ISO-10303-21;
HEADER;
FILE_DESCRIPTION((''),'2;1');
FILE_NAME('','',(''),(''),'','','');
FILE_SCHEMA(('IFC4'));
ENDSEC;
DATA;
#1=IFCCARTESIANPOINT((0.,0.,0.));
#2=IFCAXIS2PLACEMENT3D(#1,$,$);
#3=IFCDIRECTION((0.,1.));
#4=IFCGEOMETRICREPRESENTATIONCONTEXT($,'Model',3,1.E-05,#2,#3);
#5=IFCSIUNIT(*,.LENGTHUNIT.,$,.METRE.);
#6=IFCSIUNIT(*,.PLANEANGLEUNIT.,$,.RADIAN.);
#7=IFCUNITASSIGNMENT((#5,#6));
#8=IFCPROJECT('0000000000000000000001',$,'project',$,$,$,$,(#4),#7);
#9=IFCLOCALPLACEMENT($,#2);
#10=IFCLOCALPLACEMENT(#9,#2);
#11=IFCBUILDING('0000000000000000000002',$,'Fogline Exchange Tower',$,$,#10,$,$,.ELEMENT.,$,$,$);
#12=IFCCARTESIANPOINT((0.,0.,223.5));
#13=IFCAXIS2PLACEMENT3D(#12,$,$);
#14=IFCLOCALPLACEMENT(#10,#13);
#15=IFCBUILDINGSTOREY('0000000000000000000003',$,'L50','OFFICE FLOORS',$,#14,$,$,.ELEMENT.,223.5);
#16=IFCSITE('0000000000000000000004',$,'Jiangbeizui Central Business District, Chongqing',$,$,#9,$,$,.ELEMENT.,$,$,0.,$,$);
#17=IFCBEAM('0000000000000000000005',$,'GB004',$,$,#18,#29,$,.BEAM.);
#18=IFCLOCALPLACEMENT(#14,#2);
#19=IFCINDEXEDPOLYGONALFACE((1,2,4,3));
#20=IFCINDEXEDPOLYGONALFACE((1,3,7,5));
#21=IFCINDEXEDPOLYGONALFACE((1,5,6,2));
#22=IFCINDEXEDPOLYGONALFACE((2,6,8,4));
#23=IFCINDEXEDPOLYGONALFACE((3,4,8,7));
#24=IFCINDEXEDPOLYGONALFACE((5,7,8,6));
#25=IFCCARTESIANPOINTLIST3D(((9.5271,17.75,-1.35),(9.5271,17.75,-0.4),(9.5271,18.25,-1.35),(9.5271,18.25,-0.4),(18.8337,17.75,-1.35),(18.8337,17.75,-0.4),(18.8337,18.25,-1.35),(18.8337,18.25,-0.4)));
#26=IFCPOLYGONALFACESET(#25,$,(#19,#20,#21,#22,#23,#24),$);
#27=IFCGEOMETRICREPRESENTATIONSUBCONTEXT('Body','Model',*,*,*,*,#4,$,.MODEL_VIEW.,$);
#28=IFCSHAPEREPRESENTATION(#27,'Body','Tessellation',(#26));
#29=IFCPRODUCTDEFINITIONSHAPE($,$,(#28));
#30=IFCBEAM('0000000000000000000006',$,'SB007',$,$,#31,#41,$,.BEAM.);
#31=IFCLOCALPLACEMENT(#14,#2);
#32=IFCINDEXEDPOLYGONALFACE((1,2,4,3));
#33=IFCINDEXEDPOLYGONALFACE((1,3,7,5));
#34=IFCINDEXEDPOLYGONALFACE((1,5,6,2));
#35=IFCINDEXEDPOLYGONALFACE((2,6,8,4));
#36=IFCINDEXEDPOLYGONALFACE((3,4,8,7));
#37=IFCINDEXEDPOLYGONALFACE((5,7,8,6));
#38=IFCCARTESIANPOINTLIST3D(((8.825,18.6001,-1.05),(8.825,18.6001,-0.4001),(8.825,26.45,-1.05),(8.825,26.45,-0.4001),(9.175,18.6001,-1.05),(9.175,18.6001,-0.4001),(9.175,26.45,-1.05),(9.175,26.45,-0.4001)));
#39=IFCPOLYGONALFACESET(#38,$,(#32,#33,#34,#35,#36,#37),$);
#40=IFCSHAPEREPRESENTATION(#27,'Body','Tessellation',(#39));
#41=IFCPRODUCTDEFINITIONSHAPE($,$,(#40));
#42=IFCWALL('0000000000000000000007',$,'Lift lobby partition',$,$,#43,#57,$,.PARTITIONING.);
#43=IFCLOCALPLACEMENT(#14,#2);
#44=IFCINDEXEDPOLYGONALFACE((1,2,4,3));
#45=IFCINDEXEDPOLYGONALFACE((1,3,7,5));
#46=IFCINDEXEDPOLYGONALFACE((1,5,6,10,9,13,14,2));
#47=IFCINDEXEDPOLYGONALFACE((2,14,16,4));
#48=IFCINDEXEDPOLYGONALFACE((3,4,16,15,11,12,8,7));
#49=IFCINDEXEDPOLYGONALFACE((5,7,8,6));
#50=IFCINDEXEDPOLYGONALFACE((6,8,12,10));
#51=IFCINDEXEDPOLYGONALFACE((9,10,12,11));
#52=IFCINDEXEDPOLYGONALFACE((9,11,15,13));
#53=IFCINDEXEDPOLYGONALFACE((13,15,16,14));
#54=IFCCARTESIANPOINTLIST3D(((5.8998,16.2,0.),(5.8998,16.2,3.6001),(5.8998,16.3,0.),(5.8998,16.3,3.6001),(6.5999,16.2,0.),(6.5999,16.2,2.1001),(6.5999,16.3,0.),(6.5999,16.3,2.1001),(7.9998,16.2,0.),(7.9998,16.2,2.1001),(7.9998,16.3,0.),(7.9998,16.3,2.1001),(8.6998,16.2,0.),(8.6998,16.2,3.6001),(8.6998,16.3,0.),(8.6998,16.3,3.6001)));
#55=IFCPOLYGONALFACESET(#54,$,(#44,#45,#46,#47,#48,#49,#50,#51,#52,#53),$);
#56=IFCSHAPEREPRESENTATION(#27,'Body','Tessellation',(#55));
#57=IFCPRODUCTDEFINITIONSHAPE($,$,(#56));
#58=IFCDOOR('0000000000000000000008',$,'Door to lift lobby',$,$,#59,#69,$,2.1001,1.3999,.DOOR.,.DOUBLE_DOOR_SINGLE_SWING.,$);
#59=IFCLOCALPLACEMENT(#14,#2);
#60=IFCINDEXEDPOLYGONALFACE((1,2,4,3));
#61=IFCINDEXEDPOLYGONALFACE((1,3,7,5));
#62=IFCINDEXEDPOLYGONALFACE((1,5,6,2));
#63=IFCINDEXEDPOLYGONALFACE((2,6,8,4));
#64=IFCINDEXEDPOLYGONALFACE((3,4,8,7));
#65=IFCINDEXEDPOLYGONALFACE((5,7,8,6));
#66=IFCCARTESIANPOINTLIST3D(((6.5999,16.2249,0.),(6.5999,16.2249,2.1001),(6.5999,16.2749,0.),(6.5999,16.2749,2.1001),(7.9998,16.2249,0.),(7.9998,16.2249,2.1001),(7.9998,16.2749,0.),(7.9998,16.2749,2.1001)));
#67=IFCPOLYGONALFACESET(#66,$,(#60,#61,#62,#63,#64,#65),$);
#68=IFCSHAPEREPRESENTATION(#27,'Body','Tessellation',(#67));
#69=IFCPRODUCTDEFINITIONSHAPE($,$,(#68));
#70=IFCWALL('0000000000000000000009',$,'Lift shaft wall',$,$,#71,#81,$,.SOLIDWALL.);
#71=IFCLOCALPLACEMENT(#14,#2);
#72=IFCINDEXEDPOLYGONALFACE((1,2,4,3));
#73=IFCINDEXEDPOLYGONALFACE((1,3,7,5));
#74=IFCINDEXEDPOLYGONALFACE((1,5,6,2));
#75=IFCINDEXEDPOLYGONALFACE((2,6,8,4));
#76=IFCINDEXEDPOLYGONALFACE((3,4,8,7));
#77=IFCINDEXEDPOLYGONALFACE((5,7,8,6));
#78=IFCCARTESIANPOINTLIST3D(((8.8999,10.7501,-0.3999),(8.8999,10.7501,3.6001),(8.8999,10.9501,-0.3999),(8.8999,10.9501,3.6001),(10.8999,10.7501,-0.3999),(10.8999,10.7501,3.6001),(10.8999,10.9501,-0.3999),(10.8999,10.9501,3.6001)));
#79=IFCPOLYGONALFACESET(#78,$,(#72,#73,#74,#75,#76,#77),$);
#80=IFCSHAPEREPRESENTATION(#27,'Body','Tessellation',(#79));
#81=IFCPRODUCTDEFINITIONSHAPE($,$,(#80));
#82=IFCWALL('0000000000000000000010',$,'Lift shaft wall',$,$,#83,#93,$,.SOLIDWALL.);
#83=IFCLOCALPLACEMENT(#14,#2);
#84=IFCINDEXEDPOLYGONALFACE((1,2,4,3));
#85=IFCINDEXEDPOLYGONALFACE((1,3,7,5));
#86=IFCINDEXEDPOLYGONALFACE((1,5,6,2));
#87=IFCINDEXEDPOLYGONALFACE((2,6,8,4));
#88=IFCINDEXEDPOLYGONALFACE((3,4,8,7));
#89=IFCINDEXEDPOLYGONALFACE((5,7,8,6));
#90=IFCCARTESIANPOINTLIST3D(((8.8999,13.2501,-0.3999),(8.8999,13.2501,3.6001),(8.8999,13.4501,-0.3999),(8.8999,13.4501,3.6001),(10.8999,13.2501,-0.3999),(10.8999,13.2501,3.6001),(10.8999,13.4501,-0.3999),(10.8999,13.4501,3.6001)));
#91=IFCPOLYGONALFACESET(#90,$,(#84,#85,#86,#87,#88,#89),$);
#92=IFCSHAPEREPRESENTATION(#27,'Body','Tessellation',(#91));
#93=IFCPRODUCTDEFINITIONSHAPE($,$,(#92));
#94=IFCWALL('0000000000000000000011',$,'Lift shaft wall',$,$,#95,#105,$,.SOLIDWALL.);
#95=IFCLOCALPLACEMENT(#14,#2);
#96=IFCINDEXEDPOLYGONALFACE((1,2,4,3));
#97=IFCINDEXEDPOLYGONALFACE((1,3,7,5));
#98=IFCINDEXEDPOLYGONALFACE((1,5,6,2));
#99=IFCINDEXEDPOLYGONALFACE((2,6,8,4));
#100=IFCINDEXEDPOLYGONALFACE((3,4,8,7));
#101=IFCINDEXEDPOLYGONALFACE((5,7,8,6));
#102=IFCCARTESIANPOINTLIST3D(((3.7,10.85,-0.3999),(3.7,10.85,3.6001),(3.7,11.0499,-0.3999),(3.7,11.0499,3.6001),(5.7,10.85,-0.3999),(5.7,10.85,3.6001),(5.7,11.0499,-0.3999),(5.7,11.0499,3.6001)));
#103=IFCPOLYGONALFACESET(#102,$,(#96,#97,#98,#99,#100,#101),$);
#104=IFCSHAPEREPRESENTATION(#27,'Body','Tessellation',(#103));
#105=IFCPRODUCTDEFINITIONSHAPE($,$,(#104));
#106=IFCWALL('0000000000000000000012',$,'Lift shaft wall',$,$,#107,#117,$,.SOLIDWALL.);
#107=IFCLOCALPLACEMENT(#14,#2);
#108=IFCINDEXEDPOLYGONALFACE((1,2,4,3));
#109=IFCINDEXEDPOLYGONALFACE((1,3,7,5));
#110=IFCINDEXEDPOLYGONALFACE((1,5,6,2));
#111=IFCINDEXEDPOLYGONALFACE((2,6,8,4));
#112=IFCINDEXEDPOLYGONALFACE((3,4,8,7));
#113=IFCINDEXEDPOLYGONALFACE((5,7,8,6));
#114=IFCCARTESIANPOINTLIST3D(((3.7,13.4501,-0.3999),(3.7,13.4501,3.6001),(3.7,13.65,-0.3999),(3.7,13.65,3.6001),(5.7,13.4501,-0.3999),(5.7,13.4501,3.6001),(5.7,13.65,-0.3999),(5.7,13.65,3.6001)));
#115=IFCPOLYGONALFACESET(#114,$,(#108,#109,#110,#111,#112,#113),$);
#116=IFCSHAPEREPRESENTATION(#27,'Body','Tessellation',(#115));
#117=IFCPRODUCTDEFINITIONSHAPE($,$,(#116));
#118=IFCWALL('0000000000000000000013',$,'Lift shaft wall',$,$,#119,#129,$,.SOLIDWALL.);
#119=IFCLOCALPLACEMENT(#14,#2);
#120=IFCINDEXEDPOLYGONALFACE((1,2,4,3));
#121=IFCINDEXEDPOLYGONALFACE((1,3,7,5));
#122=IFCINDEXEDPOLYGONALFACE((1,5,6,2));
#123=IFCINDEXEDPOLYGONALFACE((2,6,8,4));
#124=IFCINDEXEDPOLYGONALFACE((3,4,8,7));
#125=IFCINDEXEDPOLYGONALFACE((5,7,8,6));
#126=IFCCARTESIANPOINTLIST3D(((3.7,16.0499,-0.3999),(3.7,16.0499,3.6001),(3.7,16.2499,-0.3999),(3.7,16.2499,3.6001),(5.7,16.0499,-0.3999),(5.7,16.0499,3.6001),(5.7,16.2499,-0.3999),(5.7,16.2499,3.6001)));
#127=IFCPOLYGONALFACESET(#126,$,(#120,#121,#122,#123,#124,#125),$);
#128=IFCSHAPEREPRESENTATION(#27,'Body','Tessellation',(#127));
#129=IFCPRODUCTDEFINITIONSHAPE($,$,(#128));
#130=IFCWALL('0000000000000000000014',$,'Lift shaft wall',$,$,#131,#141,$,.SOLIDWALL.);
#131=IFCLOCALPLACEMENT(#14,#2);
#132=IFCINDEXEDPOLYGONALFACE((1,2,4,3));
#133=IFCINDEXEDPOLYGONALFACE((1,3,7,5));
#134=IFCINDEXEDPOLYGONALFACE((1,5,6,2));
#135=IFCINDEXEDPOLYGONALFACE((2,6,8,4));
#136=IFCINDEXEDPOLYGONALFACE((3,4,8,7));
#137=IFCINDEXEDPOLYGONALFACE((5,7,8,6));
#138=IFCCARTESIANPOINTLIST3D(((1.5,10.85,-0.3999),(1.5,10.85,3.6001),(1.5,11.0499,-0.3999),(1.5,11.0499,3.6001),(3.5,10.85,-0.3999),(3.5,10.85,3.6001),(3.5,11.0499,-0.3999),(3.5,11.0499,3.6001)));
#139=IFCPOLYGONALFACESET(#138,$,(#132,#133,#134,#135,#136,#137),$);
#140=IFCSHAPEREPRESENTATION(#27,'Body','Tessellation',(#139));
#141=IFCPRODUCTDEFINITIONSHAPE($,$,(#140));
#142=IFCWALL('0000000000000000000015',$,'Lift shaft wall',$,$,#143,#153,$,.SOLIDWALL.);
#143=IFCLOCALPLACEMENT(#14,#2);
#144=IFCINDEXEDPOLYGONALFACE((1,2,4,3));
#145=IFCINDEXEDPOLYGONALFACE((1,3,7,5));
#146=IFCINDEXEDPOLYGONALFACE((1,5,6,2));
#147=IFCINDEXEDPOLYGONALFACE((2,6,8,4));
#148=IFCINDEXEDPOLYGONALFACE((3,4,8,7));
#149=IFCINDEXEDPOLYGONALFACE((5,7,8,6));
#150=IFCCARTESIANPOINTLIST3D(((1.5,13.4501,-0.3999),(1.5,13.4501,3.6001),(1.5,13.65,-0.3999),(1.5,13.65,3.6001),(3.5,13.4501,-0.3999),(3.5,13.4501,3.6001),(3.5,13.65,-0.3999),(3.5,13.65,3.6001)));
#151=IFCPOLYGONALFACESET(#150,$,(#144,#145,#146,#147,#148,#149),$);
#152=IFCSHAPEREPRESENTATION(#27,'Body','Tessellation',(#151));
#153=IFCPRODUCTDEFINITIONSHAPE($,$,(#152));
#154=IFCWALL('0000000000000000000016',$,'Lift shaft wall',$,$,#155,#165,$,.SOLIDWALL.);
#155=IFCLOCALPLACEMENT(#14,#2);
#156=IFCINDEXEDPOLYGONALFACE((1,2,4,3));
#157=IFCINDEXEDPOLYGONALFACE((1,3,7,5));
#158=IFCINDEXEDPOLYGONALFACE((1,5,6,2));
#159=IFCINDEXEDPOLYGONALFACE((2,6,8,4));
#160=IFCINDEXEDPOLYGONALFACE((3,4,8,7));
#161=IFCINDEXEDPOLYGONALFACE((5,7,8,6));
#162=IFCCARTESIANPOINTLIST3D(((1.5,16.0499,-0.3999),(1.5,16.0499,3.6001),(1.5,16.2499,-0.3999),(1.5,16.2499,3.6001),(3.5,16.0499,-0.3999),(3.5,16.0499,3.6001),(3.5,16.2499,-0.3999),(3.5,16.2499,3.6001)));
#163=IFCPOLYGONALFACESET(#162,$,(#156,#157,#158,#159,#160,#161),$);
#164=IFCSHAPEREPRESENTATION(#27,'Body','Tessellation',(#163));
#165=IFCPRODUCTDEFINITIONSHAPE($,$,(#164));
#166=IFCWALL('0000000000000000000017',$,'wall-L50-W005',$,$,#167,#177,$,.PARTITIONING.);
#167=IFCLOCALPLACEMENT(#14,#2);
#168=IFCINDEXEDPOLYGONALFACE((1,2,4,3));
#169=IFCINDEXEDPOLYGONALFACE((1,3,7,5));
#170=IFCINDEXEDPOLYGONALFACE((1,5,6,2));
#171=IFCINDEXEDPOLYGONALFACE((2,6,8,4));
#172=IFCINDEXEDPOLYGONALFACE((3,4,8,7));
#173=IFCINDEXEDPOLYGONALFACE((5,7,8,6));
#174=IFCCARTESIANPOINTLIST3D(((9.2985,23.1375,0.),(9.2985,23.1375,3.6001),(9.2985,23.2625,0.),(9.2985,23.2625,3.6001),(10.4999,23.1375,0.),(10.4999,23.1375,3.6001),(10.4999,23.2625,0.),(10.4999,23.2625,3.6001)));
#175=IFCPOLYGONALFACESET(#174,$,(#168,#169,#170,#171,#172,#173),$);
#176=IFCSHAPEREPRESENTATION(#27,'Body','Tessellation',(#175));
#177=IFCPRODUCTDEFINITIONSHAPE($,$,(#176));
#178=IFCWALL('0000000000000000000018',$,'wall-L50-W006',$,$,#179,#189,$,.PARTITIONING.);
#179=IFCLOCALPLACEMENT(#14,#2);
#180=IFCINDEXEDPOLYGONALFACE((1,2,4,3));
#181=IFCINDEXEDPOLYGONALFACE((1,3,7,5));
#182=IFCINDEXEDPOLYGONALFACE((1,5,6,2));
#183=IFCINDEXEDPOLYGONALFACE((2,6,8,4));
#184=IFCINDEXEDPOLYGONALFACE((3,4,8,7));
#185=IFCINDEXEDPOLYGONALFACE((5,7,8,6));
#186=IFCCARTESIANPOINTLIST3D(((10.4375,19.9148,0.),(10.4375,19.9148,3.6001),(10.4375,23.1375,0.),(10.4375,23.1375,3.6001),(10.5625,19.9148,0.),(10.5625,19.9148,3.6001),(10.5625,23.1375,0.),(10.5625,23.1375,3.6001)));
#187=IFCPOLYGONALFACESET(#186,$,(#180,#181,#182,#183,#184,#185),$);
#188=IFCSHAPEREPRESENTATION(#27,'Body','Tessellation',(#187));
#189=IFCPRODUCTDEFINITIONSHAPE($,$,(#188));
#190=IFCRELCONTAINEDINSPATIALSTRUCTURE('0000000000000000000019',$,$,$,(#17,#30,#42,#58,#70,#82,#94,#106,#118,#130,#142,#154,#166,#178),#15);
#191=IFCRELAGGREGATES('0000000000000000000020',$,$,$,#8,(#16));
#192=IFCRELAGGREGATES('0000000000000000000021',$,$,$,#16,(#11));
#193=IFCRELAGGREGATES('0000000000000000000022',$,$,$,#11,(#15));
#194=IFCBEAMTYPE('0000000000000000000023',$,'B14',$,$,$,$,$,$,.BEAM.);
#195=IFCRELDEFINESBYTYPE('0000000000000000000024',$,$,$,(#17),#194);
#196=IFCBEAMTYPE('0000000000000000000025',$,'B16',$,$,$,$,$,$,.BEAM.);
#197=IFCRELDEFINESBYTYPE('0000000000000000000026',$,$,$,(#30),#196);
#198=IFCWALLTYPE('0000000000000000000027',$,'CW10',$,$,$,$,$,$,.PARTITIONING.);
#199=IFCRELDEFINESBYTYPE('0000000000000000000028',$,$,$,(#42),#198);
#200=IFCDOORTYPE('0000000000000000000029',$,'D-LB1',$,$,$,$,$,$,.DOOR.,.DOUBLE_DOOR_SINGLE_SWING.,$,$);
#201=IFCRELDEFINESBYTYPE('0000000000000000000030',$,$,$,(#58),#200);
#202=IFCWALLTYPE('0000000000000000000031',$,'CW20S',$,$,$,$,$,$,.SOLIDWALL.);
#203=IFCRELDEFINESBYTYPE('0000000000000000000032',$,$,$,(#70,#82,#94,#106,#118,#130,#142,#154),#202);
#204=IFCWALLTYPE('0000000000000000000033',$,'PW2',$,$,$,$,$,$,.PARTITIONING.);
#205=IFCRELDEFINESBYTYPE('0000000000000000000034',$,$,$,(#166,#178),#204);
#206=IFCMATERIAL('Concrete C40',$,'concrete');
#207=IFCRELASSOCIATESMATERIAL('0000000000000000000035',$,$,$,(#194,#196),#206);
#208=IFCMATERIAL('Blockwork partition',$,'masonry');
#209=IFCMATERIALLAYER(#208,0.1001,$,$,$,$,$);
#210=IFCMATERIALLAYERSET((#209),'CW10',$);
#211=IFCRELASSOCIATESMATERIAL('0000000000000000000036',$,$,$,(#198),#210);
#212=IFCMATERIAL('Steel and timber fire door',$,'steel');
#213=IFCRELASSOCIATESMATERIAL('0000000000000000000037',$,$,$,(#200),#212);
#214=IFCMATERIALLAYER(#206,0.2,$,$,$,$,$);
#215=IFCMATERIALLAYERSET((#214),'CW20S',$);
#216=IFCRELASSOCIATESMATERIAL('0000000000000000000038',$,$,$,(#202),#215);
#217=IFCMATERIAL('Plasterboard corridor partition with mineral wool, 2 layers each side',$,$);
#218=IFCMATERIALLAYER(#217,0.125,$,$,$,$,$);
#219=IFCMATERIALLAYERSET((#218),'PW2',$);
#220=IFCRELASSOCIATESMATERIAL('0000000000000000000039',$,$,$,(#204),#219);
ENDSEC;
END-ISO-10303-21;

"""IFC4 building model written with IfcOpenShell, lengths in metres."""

from ifc_helpers import new_model, si_unit, direction, frame, frame_2d, origin, origin_2d, place, context, subcontext, project, spatial, rectangle, extrude, material, layer, layer_set, material_profile, profile_set, type_object, element, fill, save


model = new_model("IFC4")

# Units and contexts
model_context = context("Model", 3, precision=1e-05, world=origin(), true_north=direction((0.0, 1.0)))
body_context = subcontext(model_context, "Body", "Model", "MODEL_VIEW")
ifc_project = project(units=[si_unit("LENGTHUNIT", "METRE"), si_unit("PLANEANGLEUNIT", "RADIAN")], contexts=[model_context])

# Site, building, storey
site_placement = place(None, origin())
site = spatial("IfcSite", under=ifc_project, at=site_placement, Name="Jiangbeizui Central Business District, Chongqing", CompositionType="ELEMENT", RefElevation=0.0)
building_placement = place(site_placement, origin())
building = spatial("IfcBuilding", under=site, at=building_placement, Name="Fogline Exchange Tower", CompositionType="ELEMENT")
storey_placement = place(building_placement, frame((0.0, 0.0, 223.5)))
storey = spatial("IfcBuildingStorey", under=building, at=storey_placement, Name="L50", Description="OFFICE FLOORS", CompositionType="ELEMENT", Elevation=223.5)

# Beams
ifc_material_1 = material(Name="Concrete C40", Category="concrete")
ifc_material_profile_1 = material_profile(ifc_material_1, rectangle(XDim=0.5, YDim=0.95, at=origin_2d()), Name="RC 500x950")
ifc_profile_set_1 = profile_set([ifc_material_profile_1], Name="Concrete C40")
beam_type_1 = type_object("IfcBeamType", Name="B14", PredefinedType="BEAM", material=ifc_profile_set_1)
beam_1_placement = place(storey_placement, frame((9.5271, 18.0, -0.875), z_axis=(1.0, 0.0, 0.0), x_axis=(0.0, 1.0, 0.0)))
element("IfcBeam", 1, at=beam_1_placement, inside=storey, type_object=beam_type_1, Name="GB004", PredefinedType="BEAM", context=body_context, shape_type="SweptSolid", body=[
    extrude(rectangle(XDim=0.5, YDim=0.95, at=origin_2d()), origin(), (0.0, 0.0, 1.0), 9.3066),
])
ifc_material_profile_2 = material_profile(ifc_material_1, rectangle(XDim=0.3501, YDim=0.6499, at=origin_2d()), Name="RC 350x650")
ifc_profile_set_2 = profile_set([ifc_material_profile_2], Name="Concrete C40")
beam_type_2 = type_object("IfcBeamType", Name="B16", PredefinedType="BEAM", material=ifc_profile_set_2)
beam_2_placement = place(storey_placement, frame((9.0, 18.6001, -0.7251), z_axis=(0.0, 1.0, 0.0), x_axis=(-1.0, 0.0, 0.0)))
element("IfcBeam", 2, at=beam_2_placement, inside=storey, type_object=beam_type_2, Name="SB007", PredefinedType="BEAM", context=body_context, shape_type="SweptSolid", body=[
    extrude(rectangle(XDim=0.3501, YDim=0.6499, at=origin_2d()), origin(), (0.0, 0.0, 1.0), 7.8499),
])

# Wall, opening, door
ifc_material_2 = material(Name="Blockwork partition", Category="masonry")
ifc_layer_1 = layer(ifc_material_2, 0.1001)
ifc_layer_set_1 = layer_set([ifc_layer_1], Name="CW10")
wall_type_1 = type_object("IfcWallType", Name="CW10", PredefinedType="PARTITIONING", material=ifc_layer_set_1)
wall_1_placement = place(storey_placement, frame((5.8999, 16.25, 0.0), z_axis=(0.0, 0.0, 1.0), x_axis=(1.0, 0.0, 0.0)))
wall_1 = element("IfcWall", 3, at=wall_1_placement, inside=storey, type_object=wall_type_1, Name="Lift lobby partition", PredefinedType="PARTITIONING", context=body_context, shape_type="SweptSolid", body=[
    extrude(rectangle(XDim=2.8, YDim=0.1001, at=frame_2d((1.3999, 0.0))), origin(), (0.0, 0.0, 1.0), 3.6001),
])
opening_1_placement = place(wall_1_placement, frame((0.7, 0.0, 0.0)))
opening_1 = element("IfcOpeningElement", 4, at=opening_1_placement, cuts=wall_1, PredefinedType="OPENING", context=body_context, shape_type="SweptSolid", body=[
    extrude(rectangle(XDim=1.3999, YDim=2.1001, at=frame_2d((0.7, 1.05))), frame((0.0, 0.0601, 0.0), z_axis=(0.0, -1.0, 0.0), x_axis=(1.0, 0.0, 0.0)), (0.0, 0.0, 1.0), 0.1201),
])
ifc_material_3 = material(Name="Steel and timber fire door", Category="steel")
door_type_1 = type_object("IfcDoorType", Name="D-LB1", OperationType="DOUBLE_DOOR_SINGLE_SWING", PredefinedType="DOOR", material=ifc_material_3)
door_1_placement = place(opening_1_placement, origin())
door_1 = element("IfcDoor", 5, at=door_1_placement, inside=storey, type_object=door_type_1, Name="Door to lift lobby", OperationType="DOUBLE_DOOR_SINGLE_SWING", OverallHeight=2.1001, OverallWidth=1.3999, PredefinedType="DOOR", context=body_context, shape_type="SweptSolid", body=[
    extrude(rectangle(XDim=1.3999, YDim=2.1001, at=frame_2d((0.7, 1.05))), frame((0.0, 0.0249, 0.0), z_axis=(0.0, -1.0, 0.0), x_axis=(1.0, 0.0, 0.0)), (0.0, 0.0, 1.0), 0.05),
])
fill(opening_1, door_1)

# Walls
ifc_layer_2 = layer(ifc_material_1, 0.2)
ifc_layer_set_2 = layer_set([ifc_layer_2], Name="CW20S")
wall_type_2 = type_object("IfcWallType", Name="CW20S", PredefinedType="SOLIDWALL", material=ifc_layer_set_2)
for number, where, z_axis, x_axis, name in (
    (6, (8.8999, 10.8501, -0.3999), (0.0, 0.0, 1.0), (1.0, 0.0, 0.0), "Lift shaft wall"),
    (7, (8.8999, 13.3501, -0.3999), (0.0, 0.0, 1.0), (1.0, 0.0, 0.0), "Lift shaft wall"),
    (8, (3.7, 10.95, -0.3999), (0.0, 0.0, 1.0), (1.0, 0.0, 0.0), "Lift shaft wall"),
    (9, (3.7, 13.55, -0.3999), (0.0, 0.0, 1.0), (1.0, 0.0, 0.0), "Lift shaft wall"),
    (10, (3.7, 16.1499, -0.3999), (0.0, 0.0, 1.0), (1.0, 0.0, 0.0), "Lift shaft wall"),
    (11, (1.5, 10.95, -0.3999), (0.0, 0.0, 1.0), (1.0, 0.0, 0.0), "Lift shaft wall"),
    (12, (1.5, 13.55, -0.3999), (0.0, 0.0, 1.0), (1.0, 0.0, 0.0), "Lift shaft wall"),
    (13, (1.5, 16.1499, -0.3999), (0.0, 0.0, 1.0), (1.0, 0.0, 0.0), "Lift shaft wall"),
):
    element("IfcWall", number, at=place(storey_placement, frame(where, z_axis=z_axis, x_axis=x_axis)), inside=storey, type_object=wall_type_2, Name=name, PredefinedType="SOLIDWALL", context=body_context, shape_type="SweptSolid", body=[
        extrude(rectangle(XDim=2.0, YDim=0.2, at=frame_2d((1.0, 0.0))), origin(), (0.0, 0.0, 1.0), 4.0),
    ])
ifc_material_4 = material(Name="Plasterboard corridor partition with mineral wool, 2 layers each side")
ifc_layer_3 = layer(ifc_material_4, 0.125)
ifc_layer_set_3 = layer_set([ifc_layer_3], Name="PW2")
wall_type_3 = type_object("IfcWallType", Name="PW2", PredefinedType="PARTITIONING", material=ifc_layer_set_3)
wall_2_placement = place(storey_placement, frame((9.2986, 23.2, 0.0), z_axis=(0.0, 0.0, 1.0), x_axis=(1.0, 0.0, 0.0)))
element("IfcWall", 14, at=wall_2_placement, inside=storey, type_object=wall_type_3, Name="wall-L50-W005", PredefinedType="PARTITIONING", context=body_context, shape_type="SweptSolid", body=[
    extrude(rectangle(XDim=1.2014, YDim=0.125, at=frame_2d((0.6006, 0.0))), origin(), (0.0, 0.0, 1.0), 3.6001),
])
wall_3_placement = place(storey_placement, frame((10.5, 23.1375, 0.0), z_axis=(0.0, 0.0, 1.0), x_axis=(0.0, -1.0, 0.0)))
element("IfcWall", 15, at=wall_3_placement, inside=storey, type_object=wall_type_3, Name="wall-L50-W006", PredefinedType="PARTITIONING", context=body_context, shape_type="SweptSolid", body=[
    extrude(rectangle(XDim=3.2227, YDim=0.125, at=frame_2d((1.6113, 0.0))), origin(), (0.0, 0.0, 1.0), 3.6001),
])

save(model, "model.ifc")
